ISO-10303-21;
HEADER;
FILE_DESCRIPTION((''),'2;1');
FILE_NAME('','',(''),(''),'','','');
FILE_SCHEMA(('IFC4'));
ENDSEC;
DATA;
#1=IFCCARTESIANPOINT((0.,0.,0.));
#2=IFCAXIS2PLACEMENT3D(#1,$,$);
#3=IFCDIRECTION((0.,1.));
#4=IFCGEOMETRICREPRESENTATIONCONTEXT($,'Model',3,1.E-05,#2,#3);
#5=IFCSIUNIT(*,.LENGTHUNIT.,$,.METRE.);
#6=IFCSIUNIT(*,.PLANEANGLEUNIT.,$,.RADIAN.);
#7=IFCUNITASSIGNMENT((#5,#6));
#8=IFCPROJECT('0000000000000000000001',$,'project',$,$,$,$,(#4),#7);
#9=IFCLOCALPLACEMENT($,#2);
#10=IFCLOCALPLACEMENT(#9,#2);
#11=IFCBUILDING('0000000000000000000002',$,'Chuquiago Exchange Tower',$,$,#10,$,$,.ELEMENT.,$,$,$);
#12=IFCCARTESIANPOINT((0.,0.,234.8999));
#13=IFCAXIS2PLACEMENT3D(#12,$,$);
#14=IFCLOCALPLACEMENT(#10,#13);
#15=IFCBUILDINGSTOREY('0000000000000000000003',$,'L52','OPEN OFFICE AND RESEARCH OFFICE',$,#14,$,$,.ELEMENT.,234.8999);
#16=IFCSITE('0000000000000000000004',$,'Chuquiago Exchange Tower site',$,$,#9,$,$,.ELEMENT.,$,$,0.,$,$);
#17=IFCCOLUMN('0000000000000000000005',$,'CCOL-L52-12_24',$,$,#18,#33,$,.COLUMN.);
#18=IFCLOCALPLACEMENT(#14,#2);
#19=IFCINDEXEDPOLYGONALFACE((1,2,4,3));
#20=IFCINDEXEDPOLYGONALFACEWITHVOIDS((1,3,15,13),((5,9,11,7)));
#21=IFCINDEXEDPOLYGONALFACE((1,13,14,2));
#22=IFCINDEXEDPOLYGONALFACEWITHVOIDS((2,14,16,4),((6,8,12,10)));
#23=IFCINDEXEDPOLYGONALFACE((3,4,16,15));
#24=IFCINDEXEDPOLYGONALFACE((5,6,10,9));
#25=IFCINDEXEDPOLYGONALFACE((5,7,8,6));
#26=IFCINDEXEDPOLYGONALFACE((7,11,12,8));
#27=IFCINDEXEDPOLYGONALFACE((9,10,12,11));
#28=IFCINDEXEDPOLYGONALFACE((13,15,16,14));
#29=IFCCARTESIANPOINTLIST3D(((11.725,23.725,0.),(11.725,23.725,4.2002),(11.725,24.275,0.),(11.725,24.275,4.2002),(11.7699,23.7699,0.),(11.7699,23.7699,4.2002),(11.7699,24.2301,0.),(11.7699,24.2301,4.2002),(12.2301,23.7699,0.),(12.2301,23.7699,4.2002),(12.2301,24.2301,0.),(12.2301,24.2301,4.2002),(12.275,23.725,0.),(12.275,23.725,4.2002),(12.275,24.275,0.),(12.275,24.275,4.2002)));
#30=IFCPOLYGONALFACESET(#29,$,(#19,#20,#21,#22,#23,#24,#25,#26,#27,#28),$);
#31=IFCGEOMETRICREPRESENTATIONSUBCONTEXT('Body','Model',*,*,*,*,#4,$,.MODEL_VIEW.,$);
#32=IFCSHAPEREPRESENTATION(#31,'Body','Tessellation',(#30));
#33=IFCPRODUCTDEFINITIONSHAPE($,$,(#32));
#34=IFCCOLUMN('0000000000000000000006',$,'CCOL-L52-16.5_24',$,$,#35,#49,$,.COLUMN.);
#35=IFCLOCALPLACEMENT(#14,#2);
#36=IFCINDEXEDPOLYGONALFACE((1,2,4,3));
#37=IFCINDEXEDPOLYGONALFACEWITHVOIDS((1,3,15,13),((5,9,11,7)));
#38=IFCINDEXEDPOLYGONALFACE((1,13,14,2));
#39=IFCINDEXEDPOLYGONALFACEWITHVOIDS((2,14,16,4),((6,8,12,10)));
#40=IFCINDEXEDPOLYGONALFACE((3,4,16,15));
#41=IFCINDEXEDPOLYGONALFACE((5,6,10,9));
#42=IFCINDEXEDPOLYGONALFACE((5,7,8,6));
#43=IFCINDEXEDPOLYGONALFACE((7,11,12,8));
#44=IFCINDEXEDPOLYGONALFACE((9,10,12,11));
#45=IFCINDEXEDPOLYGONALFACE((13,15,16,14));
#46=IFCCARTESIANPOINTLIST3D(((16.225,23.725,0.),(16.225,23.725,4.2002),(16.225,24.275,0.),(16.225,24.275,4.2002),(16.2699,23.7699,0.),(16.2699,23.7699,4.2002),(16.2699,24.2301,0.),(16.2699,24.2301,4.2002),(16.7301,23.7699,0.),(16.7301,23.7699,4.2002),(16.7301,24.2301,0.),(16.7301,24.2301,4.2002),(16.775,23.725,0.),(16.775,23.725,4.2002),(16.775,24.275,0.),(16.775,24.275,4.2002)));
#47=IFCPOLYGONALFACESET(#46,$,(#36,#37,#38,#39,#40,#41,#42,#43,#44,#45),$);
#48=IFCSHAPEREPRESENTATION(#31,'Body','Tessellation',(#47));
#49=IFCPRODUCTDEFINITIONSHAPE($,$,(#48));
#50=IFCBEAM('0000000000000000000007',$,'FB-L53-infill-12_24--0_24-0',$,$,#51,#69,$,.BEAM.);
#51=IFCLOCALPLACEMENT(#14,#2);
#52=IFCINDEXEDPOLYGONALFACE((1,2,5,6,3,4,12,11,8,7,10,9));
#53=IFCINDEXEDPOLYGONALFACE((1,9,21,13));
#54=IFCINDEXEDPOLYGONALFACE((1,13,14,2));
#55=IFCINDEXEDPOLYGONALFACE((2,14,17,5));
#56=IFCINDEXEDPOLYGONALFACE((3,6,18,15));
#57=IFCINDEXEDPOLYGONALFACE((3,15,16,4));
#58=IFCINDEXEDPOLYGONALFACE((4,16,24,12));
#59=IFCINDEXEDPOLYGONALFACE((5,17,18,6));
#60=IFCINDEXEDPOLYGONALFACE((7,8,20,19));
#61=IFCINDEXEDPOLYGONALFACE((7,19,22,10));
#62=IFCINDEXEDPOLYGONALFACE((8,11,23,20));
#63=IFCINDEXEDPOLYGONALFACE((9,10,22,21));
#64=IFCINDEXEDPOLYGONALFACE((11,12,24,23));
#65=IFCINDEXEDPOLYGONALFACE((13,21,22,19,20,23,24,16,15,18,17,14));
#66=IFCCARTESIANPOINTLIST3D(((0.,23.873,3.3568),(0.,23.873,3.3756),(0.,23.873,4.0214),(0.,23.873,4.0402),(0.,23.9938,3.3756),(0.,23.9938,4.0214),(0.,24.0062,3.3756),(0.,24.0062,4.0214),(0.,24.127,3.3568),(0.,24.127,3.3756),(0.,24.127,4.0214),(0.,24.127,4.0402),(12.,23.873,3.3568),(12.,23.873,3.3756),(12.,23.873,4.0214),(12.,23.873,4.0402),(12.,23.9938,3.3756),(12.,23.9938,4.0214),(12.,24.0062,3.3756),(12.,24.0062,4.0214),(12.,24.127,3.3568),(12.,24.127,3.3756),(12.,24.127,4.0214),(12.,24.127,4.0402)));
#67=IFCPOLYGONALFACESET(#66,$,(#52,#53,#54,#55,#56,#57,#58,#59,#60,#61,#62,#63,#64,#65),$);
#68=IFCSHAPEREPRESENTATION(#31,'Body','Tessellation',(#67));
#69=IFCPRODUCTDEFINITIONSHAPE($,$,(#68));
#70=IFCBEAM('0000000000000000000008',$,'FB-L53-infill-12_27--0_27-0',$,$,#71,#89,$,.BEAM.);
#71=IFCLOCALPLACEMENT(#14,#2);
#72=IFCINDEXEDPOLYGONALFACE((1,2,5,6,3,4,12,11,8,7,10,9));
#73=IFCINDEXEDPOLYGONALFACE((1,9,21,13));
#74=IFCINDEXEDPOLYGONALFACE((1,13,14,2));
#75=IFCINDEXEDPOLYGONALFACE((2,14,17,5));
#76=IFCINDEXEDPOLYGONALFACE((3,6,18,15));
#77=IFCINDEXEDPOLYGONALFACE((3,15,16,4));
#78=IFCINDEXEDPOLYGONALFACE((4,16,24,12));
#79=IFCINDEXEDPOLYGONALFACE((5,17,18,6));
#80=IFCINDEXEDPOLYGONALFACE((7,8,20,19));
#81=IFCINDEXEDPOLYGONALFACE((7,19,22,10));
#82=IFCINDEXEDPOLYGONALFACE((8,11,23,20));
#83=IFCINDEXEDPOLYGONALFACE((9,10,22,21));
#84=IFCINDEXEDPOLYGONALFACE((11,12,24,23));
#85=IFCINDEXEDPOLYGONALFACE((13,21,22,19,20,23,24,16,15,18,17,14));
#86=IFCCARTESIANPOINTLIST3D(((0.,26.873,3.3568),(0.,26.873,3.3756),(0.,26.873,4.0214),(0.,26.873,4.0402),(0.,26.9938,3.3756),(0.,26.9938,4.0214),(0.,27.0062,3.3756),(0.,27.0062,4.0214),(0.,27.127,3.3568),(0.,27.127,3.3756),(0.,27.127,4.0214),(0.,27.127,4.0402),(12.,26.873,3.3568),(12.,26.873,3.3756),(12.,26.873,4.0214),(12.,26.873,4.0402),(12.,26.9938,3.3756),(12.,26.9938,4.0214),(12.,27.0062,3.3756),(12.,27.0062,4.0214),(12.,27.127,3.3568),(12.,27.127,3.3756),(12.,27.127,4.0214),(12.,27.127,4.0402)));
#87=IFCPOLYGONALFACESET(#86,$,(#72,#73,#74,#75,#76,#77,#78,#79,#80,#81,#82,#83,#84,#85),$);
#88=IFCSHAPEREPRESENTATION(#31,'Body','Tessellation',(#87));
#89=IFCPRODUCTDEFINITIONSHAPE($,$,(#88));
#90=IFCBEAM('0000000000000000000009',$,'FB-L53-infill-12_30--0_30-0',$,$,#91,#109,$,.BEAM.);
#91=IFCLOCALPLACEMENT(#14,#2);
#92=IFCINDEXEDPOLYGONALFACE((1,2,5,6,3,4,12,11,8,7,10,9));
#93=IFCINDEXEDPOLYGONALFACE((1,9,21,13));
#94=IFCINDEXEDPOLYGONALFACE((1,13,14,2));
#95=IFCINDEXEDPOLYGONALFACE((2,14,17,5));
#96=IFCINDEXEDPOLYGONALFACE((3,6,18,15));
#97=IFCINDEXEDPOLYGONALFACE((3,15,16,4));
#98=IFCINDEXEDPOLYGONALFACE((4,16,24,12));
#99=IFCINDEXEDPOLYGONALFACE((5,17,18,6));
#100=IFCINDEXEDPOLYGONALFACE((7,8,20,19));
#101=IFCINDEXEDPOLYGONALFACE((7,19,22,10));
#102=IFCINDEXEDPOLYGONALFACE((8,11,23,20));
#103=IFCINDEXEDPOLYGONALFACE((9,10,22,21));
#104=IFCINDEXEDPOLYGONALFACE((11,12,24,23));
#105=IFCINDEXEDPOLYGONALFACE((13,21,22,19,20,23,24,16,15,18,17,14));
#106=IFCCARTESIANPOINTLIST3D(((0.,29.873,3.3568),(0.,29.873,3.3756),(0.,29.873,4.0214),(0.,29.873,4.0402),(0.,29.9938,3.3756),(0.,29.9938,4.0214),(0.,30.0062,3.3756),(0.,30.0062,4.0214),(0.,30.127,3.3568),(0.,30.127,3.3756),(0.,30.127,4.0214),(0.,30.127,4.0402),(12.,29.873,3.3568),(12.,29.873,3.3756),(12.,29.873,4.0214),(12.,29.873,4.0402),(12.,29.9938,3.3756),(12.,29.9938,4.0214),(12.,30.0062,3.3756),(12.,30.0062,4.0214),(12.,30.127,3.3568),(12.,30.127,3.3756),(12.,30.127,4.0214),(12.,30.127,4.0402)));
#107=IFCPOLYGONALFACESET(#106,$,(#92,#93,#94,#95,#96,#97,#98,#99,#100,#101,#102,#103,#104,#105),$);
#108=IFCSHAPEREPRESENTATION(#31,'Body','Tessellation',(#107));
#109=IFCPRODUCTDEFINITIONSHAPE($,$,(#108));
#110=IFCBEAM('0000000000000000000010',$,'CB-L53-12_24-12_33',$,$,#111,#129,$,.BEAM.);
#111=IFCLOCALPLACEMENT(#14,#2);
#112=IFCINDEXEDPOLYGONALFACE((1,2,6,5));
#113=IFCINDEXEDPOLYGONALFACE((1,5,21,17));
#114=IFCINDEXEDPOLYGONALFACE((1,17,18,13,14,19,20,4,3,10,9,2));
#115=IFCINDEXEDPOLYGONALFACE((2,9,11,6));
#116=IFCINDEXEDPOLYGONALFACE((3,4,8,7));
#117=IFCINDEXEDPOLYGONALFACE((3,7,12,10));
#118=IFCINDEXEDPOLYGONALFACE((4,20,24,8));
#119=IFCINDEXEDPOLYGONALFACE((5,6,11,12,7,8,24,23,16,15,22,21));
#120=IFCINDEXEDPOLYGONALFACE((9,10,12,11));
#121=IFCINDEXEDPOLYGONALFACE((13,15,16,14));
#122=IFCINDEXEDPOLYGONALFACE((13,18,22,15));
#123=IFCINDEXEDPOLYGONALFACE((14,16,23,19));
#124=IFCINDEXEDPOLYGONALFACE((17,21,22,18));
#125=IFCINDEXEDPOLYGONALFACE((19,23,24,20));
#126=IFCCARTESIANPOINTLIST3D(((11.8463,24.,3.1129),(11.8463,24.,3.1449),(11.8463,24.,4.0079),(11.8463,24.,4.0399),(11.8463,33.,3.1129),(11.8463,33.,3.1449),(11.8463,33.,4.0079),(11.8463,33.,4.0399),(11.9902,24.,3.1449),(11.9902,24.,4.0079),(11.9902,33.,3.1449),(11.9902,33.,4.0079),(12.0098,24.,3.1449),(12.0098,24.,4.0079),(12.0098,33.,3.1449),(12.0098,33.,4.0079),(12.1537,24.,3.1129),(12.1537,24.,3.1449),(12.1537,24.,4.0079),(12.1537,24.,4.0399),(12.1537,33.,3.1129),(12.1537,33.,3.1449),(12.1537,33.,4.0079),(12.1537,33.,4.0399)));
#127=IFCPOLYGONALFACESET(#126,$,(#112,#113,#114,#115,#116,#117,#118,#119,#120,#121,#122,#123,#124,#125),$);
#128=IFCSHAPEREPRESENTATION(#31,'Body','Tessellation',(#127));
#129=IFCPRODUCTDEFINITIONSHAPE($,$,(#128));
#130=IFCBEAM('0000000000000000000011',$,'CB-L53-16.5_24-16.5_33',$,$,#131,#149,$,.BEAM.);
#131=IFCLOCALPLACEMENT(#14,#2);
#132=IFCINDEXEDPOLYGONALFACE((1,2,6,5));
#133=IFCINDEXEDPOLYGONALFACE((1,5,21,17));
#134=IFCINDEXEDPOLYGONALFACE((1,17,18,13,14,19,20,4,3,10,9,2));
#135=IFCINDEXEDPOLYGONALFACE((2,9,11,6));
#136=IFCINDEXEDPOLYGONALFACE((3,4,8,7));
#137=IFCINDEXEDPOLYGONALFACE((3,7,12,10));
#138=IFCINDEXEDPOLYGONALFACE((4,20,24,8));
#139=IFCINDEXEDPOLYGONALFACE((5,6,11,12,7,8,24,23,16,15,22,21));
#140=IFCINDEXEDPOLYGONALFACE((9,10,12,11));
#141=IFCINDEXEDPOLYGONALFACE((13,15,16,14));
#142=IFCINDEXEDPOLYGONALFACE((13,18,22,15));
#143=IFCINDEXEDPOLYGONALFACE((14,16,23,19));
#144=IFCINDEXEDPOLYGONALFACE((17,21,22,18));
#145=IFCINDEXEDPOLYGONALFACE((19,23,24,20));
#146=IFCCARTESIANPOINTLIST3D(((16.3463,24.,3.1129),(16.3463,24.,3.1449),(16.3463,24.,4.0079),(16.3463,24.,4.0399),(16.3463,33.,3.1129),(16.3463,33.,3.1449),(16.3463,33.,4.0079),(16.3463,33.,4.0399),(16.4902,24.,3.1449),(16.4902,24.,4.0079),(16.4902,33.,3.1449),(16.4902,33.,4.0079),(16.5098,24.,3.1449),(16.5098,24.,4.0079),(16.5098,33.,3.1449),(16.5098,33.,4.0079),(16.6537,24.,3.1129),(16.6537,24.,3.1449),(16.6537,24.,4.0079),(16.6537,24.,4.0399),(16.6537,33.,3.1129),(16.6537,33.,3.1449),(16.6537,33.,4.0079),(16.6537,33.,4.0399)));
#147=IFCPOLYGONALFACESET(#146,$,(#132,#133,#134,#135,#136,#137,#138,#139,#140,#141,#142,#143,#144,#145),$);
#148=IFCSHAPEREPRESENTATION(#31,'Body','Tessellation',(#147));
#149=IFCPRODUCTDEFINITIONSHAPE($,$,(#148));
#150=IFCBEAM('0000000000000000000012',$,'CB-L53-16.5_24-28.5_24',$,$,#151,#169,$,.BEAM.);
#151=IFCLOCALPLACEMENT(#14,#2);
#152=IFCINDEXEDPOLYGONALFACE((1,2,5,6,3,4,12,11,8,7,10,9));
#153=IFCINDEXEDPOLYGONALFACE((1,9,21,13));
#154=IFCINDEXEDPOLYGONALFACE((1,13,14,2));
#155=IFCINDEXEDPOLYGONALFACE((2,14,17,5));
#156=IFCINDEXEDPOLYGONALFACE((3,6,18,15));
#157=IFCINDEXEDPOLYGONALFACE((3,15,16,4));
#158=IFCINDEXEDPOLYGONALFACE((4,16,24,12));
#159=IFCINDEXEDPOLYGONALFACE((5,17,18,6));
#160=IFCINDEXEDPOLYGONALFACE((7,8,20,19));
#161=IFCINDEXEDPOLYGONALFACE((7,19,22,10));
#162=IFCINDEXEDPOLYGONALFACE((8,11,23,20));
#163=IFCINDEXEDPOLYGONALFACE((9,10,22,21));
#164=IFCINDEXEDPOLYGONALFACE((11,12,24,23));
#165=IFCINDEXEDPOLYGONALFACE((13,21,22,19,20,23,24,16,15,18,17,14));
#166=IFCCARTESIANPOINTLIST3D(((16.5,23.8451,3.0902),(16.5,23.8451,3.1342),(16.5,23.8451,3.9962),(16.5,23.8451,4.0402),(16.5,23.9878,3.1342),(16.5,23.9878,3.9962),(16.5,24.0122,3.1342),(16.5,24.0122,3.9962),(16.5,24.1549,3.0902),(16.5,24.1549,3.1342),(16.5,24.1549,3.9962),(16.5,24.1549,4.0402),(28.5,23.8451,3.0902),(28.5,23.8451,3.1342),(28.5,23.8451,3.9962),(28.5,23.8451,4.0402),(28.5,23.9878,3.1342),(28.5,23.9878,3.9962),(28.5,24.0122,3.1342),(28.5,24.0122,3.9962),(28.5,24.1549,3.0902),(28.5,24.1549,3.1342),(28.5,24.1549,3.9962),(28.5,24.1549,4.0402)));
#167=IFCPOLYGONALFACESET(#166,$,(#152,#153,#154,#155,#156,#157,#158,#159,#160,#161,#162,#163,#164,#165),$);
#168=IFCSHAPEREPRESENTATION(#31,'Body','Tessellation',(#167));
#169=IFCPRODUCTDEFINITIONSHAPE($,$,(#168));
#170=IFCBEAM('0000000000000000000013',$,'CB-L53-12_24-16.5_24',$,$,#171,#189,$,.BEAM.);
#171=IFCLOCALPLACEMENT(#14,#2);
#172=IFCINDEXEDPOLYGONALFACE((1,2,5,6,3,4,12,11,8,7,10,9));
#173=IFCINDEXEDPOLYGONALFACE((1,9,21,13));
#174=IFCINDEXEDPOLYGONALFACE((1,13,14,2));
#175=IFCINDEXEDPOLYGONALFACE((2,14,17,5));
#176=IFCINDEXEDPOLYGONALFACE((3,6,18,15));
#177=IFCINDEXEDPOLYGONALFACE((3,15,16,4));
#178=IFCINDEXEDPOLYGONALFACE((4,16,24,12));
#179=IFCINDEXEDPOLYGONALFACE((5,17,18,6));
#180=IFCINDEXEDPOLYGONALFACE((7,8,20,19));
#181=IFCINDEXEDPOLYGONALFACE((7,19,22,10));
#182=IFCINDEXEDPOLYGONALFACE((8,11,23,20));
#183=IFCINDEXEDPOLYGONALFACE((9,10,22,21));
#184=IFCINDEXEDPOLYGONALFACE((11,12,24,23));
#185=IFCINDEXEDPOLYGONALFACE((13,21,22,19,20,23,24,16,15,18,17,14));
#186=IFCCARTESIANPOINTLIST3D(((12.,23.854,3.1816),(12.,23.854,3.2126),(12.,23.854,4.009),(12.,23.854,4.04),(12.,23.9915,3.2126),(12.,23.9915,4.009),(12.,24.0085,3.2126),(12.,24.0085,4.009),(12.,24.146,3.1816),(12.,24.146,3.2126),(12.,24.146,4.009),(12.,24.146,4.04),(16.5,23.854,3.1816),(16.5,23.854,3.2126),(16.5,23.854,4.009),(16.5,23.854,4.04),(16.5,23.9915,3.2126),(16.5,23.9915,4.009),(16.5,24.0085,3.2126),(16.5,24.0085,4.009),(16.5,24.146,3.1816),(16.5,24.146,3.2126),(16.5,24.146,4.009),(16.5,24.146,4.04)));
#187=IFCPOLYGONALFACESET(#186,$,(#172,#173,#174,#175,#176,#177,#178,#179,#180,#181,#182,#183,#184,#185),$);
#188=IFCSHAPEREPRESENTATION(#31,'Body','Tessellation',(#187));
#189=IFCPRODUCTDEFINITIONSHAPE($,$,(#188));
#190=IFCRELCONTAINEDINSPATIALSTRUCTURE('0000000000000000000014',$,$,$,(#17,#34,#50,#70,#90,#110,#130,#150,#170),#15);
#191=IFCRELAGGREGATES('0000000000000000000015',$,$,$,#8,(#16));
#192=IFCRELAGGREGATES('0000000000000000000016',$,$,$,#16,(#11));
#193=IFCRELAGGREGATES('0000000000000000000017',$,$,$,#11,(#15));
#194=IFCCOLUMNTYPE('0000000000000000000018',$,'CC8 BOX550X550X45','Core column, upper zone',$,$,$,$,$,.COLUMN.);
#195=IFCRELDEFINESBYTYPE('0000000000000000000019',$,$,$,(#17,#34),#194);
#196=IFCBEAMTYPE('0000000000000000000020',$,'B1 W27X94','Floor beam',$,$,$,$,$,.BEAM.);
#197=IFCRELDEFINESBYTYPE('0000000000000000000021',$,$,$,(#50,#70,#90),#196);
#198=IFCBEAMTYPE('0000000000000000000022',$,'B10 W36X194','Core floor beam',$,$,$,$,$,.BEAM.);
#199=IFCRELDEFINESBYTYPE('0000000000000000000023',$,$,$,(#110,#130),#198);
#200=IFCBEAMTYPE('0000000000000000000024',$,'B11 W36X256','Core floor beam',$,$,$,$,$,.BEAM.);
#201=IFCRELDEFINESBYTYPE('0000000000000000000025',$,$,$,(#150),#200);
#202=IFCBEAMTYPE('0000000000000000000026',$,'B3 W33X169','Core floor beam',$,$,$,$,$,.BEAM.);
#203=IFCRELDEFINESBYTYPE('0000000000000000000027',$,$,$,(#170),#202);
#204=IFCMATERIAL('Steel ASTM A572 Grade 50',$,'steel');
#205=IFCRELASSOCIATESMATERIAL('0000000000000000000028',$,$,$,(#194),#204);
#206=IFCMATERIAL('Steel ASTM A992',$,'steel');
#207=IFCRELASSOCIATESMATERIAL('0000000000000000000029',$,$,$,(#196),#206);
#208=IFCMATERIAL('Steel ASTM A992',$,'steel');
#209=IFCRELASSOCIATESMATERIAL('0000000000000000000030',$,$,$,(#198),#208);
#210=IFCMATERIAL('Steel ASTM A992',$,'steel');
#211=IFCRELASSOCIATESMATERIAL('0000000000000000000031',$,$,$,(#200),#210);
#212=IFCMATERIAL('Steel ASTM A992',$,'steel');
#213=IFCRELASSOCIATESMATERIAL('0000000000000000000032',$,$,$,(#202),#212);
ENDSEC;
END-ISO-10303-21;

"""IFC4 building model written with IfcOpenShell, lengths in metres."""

from ifc_helpers import new_model, si_unit, direction, frame, origin, origin_2d, place, context, subcontext, project, spatial, hollow_rectangle, i_section, extrude, material, material_profile, profile_set, type_object, element, save


model = new_model("IFC4")

# Units and contexts
model_context = context("Model", 3, precision=1e-05, world=origin(), true_north=direction((0.0, 1.0)))
body_context = subcontext(model_context, "Body", "Model", "MODEL_VIEW")
ifc_project = project(units=[si_unit("LENGTHUNIT", "METRE"), si_unit("PLANEANGLEUNIT", "RADIAN")], contexts=[model_context])

# Site, building, storey
site_placement = place(None, origin())
site = spatial("IfcSite", under=ifc_project, at=site_placement, Name="Chuquiago Exchange Tower site", CompositionType="ELEMENT", RefElevation=0.0)
building_placement = place(site_placement, origin())
building = spatial("IfcBuilding", under=site, at=building_placement, Name="Chuquiago Exchange Tower", CompositionType="ELEMENT")
storey_placement = place(building_placement, frame((0.0, 0.0, 234.8999)))
storey = spatial("IfcBuildingStorey", under=building, at=storey_placement, Name="L52", Description="OPEN OFFICE AND RESEARCH OFFICE", CompositionType="ELEMENT", Elevation=234.8999)

# Columns
ifc_material_1 = material(Name="Steel ASTM A572 Grade 50", Category="steel")
ifc_material_profile_1 = material_profile(ifc_material_1, hollow_rectangle(XDim=0.55, YDim=0.55, WallThickness=0.0449, at=origin_2d()), Name="BOX550X550X45")
ifc_profile_set_1 = profile_set([ifc_material_profile_1], Name="Steel ASTM A572 Grade 50")
column_type = type_object("IfcColumnType", Name="CC8 BOX550X550X45", Description="Core column, upper zone", PredefinedType="COLUMN", material=ifc_profile_set_1)
for number, where, z_axis, x_axis, name in (
    (1, (12.0, 24.0, 0.0), (0.0, 0.0, 1.0), (1.0, 0.0, 0.0), "CCOL-L52-12_24"),
    (2, (16.5, 24.0, 0.0), (0.0, 0.0, 1.0), (1.0, 0.0, 0.0), "CCOL-L52-16.5_24"),
):
    element("IfcColumn", number, at=place(storey_placement, frame(where, z_axis=z_axis, x_axis=x_axis)), inside=storey, type_object=column_type, Name=name, PredefinedType="COLUMN", context=body_context, shape_type="SweptSolid", body=[
        extrude(hollow_rectangle(XDim=0.55, YDim=0.55, WallThickness=0.0449, at=origin_2d()), origin(), (0.0, 0.0, 1.0), 4.2002),
    ])

# Beams
ifc_material_2 = material(Name="Steel ASTM A992", Category="steel")
ifc_material_profile_2 = material_profile(ifc_material_2, i_section(OverallWidth=0.2539, OverallDepth=0.6833, WebThickness=0.0125, FlangeThickness=0.0188, at=origin_2d()), Name="W27X94")
ifc_profile_set_2 = profile_set([ifc_material_profile_2], Name="Steel ASTM A992")
beam_type_1 = type_object("IfcBeamType", Name="B1 W27X94", Description="Floor beam", PredefinedType="BEAM", material=ifc_profile_set_2)
for number, where, z_axis, x_axis, name in (
    (3, (12.0, 24.0, 3.6985), (-1.0, 0.0, 0.0), (0.0, -1.0, 0.0), "FB-L53-infill-12_24--0_24-0"),
    (4, (12.0, 27.0, 3.6985), (-1.0, 0.0, 0.0), (0.0, -1.0, 0.0), "FB-L53-infill-12_27--0_27-0"),
    (5, (12.0, 30.0, 3.6985), (-1.0, 0.0, 0.0), (0.0, -1.0, 0.0), "FB-L53-infill-12_30--0_30-0"),
):
    element("IfcBeam", number, at=place(storey_placement, frame(where, z_axis=z_axis, x_axis=x_axis)), inside=storey, type_object=beam_type_1, Name=name, PredefinedType="BEAM", context=body_context, shape_type="SweptSolid", body=[
        extrude(i_section(OverallWidth=0.2539, OverallDepth=0.6833, WebThickness=0.0125, FlangeThickness=0.0188, at=origin_2d()), origin(), (0.0, 0.0, 1.0), 12.0),
    ])
ifc_material_3 = material(Name="Steel ASTM A992", Category="steel")
ifc_material_profile_3 = material_profile(ifc_material_3, i_section(OverallWidth=0.3074, OverallDepth=0.927, WebThickness=0.0195, FlangeThickness=0.032, at=origin_2d()), Name="W36X194")
ifc_profile_set_3 = profile_set([ifc_material_profile_3], Name="Steel ASTM A992")
beam_type_2 = type_object("IfcBeamType", Name="B10 W36X194", Description="Core floor beam", PredefinedType="BEAM", material=ifc_profile_set_3)
for number, where, z_axis, x_axis, name in (
    (6, (12.0, 24.0, 3.5764), (0.0, 1.0, 0.0), (-1.0, 0.0, 0.0), "CB-L53-12_24-12_33"),
    (7, (16.5, 24.0, 3.5764), (0.0, 1.0, 0.0), (-1.0, 0.0, 0.0), "CB-L53-16.5_24-16.5_33"),
):
    element("IfcBeam", number, at=place(storey_placement, frame(where, z_axis=z_axis, x_axis=x_axis)), inside=storey, type_object=beam_type_2, Name=name, PredefinedType="BEAM", context=body_context, shape_type="SweptSolid", body=[
        extrude(i_section(OverallWidth=0.3074, OverallDepth=0.927, WebThickness=0.0195, FlangeThickness=0.032, at=origin_2d()), origin(), (0.0, 0.0, 1.0), 9.0),
    ])
ifc_material_4 = material(Name="Steel ASTM A992", Category="steel")
ifc_material_profile_4 = material_profile(ifc_material_4, i_section(OverallWidth=0.3098, OverallDepth=0.95, WebThickness=0.0244, FlangeThickness=0.0439, at=origin_2d()), Name="W36X256")
ifc_profile_set_4 = profile_set([ifc_material_profile_4], Name="Steel ASTM A992")
beam_type_3 = type_object("IfcBeamType", Name="B11 W36X256", Description="Core floor beam", PredefinedType="BEAM", material=ifc_profile_set_4)
beam_1_placement = place(storey_placement, frame((16.5, 24.0, 3.5652), z_axis=(1.0, 0.0, 0.0), x_axis=(0.0, 1.0, 0.0)))
element("IfcBeam", 8, at=beam_1_placement, inside=storey, type_object=beam_type_3, Name="CB-L53-16.5_24-28.5_24", PredefinedType="BEAM", context=body_context, shape_type="SweptSolid", body=[
    extrude(i_section(OverallWidth=0.3098, OverallDepth=0.95, WebThickness=0.0244, FlangeThickness=0.0439, at=origin_2d()), origin(), (0.0, 0.0, 1.0), 12.0),
])
ifc_material_5 = material(Name="Steel ASTM A992", Category="steel")
ifc_material_profile_5 = material_profile(ifc_material_5, i_section(OverallWidth=0.292, OverallDepth=0.8584, WebThickness=0.0171, FlangeThickness=0.031, at=origin_2d()), Name="W33X169")
ifc_profile_set_5 = profile_set([ifc_material_profile_5], Name="Steel ASTM A992")
beam_type_4 = type_object("IfcBeamType", Name="B3 W33X169", Description="Core floor beam", PredefinedType="BEAM", material=ifc_profile_set_5)
beam_2_placement = place(storey_placement, frame((12.0, 24.0, 3.6108), z_axis=(1.0, 0.0, 0.0), x_axis=(0.0, 1.0, 0.0)))
element("IfcBeam", 9, at=beam_2_placement, inside=storey, type_object=beam_type_4, Name="CB-L53-12_24-16.5_24", PredefinedType="BEAM", context=body_context, shape_type="SweptSolid", body=[
    extrude(i_section(OverallWidth=0.292, OverallDepth=0.8584, WebThickness=0.0171, FlangeThickness=0.031, at=origin_2d()), origin(), (0.0, 0.0, 1.0), 4.5),
])

save(model, "model.ifc")
